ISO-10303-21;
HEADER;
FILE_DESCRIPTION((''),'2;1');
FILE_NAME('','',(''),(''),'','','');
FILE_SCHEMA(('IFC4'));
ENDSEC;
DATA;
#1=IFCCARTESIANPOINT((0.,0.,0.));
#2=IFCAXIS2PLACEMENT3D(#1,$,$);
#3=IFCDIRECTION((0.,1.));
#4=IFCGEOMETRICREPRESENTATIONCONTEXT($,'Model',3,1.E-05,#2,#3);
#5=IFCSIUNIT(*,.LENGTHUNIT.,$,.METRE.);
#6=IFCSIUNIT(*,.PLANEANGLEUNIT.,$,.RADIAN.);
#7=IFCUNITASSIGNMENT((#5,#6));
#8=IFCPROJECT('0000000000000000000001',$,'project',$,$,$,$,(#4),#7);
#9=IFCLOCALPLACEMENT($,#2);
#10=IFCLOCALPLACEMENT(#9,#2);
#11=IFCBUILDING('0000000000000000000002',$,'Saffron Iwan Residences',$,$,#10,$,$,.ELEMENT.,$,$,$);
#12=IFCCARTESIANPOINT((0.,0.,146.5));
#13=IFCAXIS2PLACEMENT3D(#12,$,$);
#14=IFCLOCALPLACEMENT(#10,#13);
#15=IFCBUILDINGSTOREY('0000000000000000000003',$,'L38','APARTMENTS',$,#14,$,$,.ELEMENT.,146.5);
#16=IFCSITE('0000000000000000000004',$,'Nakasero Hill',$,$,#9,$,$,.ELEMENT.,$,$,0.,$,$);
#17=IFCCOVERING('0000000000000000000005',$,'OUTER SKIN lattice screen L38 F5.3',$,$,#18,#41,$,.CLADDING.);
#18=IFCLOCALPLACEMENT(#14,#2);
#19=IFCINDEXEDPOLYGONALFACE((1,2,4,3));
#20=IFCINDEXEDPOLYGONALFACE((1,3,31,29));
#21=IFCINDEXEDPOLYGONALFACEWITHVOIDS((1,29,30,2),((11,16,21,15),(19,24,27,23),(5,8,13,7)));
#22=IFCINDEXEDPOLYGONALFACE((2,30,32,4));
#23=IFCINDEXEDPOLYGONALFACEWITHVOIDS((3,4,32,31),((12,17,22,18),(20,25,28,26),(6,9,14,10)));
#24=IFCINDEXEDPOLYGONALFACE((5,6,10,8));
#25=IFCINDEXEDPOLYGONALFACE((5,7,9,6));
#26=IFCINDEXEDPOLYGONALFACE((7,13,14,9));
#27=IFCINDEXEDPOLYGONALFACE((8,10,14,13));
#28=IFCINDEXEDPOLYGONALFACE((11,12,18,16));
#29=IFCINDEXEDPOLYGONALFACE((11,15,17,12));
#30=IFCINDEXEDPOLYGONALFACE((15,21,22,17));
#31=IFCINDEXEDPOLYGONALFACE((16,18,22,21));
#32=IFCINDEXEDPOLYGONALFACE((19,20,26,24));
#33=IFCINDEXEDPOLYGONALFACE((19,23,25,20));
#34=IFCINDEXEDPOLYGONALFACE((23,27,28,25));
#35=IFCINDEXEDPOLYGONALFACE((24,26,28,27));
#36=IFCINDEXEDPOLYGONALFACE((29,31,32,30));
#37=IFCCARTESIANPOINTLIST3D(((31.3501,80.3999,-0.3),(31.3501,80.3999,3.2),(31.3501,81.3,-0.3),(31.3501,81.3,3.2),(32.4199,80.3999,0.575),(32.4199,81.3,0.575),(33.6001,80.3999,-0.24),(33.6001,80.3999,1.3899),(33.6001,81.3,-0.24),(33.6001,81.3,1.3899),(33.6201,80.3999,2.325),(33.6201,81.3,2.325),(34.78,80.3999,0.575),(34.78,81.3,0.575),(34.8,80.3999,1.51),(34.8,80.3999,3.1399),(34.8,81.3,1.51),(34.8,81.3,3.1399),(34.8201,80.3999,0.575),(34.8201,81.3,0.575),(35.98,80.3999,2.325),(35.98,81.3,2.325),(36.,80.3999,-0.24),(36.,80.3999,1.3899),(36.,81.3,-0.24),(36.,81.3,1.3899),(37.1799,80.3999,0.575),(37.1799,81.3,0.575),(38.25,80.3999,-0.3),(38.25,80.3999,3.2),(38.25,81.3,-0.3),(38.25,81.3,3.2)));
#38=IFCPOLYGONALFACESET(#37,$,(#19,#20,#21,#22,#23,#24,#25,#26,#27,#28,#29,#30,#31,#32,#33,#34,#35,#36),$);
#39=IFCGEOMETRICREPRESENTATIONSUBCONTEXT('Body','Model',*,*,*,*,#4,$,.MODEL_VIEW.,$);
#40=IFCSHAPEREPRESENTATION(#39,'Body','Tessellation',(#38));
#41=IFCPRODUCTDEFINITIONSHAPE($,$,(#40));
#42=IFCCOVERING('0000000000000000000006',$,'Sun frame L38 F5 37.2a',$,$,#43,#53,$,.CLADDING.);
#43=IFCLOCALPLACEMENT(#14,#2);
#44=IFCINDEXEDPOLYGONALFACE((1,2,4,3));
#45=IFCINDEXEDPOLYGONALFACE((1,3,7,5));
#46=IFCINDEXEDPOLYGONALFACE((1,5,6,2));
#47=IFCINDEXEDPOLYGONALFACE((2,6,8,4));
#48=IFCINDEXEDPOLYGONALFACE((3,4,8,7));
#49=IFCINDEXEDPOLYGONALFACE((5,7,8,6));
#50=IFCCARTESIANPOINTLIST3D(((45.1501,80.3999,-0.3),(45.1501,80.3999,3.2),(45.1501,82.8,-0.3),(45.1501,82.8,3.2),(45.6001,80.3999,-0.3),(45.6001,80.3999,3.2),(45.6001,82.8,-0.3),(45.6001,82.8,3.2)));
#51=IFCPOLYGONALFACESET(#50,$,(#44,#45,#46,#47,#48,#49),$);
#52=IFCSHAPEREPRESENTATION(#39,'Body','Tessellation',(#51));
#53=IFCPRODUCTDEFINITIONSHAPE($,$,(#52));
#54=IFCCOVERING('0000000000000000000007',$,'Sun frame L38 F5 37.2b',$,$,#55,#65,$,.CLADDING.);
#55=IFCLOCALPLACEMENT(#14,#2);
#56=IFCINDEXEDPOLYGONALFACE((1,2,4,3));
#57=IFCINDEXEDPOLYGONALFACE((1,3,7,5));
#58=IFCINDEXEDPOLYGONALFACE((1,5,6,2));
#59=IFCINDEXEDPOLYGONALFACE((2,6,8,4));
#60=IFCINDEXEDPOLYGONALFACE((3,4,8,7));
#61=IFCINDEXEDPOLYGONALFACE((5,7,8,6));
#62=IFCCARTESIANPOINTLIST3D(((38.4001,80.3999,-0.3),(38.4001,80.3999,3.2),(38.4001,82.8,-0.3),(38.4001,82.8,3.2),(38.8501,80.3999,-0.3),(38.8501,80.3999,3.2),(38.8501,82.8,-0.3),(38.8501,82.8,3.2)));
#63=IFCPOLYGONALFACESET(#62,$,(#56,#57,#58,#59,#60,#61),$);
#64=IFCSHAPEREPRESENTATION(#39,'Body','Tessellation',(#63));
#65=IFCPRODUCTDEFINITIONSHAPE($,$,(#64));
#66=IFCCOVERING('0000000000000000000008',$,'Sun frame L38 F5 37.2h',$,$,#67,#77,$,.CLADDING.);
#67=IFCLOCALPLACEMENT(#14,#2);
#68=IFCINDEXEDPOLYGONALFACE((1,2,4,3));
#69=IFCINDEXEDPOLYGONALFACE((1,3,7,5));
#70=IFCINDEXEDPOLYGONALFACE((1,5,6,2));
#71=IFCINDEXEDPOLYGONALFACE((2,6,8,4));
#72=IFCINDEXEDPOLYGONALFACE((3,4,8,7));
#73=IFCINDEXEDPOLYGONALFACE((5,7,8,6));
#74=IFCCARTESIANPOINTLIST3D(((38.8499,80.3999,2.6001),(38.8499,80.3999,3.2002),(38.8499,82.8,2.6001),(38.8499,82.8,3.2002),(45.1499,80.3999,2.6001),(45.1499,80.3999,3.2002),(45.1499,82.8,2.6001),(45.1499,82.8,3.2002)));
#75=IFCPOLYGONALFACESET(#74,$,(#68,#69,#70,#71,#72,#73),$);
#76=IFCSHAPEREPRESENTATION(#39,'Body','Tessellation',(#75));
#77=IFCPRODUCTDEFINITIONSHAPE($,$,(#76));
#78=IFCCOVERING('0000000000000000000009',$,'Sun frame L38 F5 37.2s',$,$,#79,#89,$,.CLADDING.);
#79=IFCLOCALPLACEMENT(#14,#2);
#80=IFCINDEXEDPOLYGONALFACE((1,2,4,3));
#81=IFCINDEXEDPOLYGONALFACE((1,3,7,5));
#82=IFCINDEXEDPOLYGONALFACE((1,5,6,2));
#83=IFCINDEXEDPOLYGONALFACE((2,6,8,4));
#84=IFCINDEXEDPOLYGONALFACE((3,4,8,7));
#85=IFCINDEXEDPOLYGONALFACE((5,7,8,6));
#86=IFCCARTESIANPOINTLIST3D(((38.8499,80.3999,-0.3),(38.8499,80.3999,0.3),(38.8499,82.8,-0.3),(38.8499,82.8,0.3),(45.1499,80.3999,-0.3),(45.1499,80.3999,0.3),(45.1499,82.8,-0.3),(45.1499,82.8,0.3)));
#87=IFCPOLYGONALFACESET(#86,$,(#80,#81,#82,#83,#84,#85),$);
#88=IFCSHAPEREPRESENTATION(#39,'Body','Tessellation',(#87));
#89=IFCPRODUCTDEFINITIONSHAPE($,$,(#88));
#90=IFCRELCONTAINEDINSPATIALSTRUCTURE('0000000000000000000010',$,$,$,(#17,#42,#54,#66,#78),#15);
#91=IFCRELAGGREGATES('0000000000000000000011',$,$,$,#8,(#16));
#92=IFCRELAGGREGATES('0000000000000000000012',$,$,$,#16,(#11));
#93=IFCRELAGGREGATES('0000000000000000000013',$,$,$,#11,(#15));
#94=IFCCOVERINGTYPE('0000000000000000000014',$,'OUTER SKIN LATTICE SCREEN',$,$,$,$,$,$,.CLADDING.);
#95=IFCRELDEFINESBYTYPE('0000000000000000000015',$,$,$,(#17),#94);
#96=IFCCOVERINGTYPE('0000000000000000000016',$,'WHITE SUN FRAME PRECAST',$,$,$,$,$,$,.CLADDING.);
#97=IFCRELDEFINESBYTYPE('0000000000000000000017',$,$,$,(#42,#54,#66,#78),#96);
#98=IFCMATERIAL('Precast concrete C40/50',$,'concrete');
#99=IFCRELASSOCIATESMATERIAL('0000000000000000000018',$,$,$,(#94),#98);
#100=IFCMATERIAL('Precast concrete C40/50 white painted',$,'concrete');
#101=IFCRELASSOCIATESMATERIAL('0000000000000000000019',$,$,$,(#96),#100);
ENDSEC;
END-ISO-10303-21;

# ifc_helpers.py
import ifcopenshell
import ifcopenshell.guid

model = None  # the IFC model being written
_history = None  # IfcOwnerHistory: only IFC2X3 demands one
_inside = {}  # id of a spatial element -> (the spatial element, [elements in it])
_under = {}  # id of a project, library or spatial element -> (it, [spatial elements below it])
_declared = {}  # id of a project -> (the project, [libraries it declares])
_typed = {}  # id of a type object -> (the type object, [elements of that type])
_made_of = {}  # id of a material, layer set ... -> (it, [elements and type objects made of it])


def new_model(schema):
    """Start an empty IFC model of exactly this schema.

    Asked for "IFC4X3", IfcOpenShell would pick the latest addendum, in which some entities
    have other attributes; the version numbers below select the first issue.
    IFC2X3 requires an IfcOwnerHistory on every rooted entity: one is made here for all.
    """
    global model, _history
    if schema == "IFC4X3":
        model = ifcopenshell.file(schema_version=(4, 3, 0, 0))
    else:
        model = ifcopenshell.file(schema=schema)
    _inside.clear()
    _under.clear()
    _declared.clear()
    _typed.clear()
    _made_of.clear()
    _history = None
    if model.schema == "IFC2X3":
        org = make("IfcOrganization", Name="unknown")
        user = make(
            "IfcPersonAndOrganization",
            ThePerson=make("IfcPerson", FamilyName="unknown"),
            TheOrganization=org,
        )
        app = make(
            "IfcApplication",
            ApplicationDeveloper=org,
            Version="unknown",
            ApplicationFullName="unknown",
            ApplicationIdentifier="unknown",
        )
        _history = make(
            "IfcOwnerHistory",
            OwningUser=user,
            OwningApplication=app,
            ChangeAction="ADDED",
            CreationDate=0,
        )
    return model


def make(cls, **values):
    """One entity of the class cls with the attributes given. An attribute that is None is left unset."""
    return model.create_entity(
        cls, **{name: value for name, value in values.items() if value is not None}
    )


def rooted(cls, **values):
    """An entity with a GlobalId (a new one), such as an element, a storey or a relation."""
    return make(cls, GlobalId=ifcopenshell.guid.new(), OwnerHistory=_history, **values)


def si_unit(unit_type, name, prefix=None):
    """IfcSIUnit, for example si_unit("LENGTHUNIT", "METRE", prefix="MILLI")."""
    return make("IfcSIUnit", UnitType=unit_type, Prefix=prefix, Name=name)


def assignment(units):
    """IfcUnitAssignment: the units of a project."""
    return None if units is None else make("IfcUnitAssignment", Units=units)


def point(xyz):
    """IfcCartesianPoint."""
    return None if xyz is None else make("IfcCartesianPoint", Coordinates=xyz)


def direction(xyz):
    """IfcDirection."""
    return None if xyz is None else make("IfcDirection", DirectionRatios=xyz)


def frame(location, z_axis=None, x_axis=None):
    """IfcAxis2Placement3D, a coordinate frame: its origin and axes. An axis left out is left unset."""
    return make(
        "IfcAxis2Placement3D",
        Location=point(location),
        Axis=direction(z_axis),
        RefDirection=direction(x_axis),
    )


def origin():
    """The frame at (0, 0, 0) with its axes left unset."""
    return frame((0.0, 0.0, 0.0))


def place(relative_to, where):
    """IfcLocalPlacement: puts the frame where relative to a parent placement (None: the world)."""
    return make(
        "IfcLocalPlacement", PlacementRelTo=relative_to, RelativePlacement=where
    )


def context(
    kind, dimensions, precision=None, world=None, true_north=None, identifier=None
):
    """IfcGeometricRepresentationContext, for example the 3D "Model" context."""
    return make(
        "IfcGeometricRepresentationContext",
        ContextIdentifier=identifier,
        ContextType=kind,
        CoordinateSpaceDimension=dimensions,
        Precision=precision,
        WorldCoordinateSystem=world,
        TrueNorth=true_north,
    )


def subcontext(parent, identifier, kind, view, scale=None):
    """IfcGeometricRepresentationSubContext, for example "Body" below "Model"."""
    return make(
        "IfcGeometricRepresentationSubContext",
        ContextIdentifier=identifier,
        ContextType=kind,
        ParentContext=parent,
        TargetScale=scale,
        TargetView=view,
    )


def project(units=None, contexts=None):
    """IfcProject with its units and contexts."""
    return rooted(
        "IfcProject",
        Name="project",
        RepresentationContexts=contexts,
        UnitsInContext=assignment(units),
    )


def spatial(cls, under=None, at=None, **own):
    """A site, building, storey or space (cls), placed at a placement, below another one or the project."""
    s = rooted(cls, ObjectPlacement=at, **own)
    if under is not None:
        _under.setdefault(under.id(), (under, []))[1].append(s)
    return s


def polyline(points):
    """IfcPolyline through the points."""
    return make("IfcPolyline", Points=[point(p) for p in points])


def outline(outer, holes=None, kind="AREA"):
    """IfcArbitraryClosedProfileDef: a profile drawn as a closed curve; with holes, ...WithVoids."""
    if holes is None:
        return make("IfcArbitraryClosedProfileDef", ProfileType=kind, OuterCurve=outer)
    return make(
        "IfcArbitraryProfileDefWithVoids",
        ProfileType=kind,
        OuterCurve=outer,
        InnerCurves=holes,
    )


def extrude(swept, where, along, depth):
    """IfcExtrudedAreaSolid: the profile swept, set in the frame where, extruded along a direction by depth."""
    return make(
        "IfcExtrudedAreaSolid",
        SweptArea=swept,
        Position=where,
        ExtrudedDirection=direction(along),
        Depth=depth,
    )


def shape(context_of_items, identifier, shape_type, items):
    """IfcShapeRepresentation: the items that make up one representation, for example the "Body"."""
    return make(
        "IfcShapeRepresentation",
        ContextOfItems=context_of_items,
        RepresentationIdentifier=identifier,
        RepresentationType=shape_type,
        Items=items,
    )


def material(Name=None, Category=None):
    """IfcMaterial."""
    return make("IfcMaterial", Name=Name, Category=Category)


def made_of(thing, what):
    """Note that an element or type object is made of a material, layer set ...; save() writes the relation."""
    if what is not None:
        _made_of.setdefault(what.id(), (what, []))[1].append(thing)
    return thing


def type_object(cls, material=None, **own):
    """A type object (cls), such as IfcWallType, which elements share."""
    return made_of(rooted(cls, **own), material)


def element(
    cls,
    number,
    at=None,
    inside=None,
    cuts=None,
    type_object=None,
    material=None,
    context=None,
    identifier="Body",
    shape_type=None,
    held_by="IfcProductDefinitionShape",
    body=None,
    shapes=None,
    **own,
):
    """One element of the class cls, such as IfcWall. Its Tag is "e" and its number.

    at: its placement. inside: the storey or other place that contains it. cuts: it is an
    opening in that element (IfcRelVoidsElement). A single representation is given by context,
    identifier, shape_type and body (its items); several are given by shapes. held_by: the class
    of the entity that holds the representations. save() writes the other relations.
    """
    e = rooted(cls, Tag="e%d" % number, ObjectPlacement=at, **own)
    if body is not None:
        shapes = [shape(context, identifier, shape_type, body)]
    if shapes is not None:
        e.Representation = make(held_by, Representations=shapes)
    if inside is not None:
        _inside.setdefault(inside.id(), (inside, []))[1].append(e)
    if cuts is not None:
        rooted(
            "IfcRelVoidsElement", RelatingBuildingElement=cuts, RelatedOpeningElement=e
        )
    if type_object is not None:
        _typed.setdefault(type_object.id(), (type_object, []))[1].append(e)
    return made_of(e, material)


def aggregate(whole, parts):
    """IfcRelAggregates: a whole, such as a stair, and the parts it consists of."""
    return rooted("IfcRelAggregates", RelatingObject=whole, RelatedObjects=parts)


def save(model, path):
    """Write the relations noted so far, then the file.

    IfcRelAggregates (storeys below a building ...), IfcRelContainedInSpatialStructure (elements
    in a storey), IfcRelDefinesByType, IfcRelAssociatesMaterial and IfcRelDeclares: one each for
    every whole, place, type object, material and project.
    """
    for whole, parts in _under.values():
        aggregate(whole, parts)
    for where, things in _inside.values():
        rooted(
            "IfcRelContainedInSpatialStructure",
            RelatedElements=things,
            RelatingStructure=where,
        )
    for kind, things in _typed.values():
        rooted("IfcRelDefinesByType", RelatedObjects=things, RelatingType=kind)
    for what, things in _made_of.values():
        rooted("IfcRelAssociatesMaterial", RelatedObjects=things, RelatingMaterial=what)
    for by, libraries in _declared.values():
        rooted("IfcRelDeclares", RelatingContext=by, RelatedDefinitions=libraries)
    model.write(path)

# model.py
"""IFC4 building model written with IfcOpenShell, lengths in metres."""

from ifc_helpers import new_model, si_unit, direction, frame, origin, place, context, subcontext, project, spatial, polyline, outline, extrude, material, type_object, element, save


model = new_model("IFC4")

# Units and contexts
model_context = context("Model", 3, precision=1e-05, world=origin(), true_north=direction((0.0, 1.0)))
body_context = subcontext(model_context, "Body", "Model", "MODEL_VIEW")
ifc_project = project(units=[si_unit("LENGTHUNIT", "METRE"), si_unit("PLANEANGLEUNIT", "RADIAN")], contexts=[model_context])

# Site, building, storey
site_placement = place(None, origin())
site = spatial("IfcSite", under=ifc_project, at=site_placement, Name="Nakasero Hill", CompositionType="ELEMENT", RefElevation=0.0)
building_placement = place(site_placement, origin())
building = spatial("IfcBuilding", under=site, at=building_placement, Name="Saffron Iwan Residences", CompositionType="ELEMENT")
storey_placement = place(building_placement, frame((0.0, 0.0, 146.5)))
storey = spatial("IfcBuildingStorey", under=building, at=storey_placement, Name="L38", Description="APARTMENTS", CompositionType="ELEMENT", Elevation=146.5)

# Coverings
ifc_material_1 = material(Name="Precast concrete C40/50", Category="concrete")
covering_type_1 = type_object("IfcCoveringType", Name="OUTER SKIN LATTICE SCREEN", PredefinedType="CLADDING", material=ifc_material_1)
covering_placement = place(storey_placement, frame((38.25, 80.3999, -0.3), z_axis=(0.0, 1.0, 0.0), x_axis=(-1.0, 0.0, 0.0)))
element("IfcCovering", 1, at=covering_placement, inside=storey, type_object=covering_type_1, Name="OUTER SKIN lattice screen L38 F5.3", PredefinedType="CLADDING", context=body_context, shape_type="SweptSolid", body=[
    extrude(outline(polyline([(0.0, 0.0), (6.8999, 0.0), (6.8999, 3.5), (0.0, 3.5), (0.0, 0.0)]), holes=[polyline([(1.0701, 0.875), (2.25, 0.0601), (3.4299, 0.875), (2.25, 1.6899), (1.0701, 0.875)]), polyline([(3.47, 0.875), (4.6499, 0.0601), (5.8301, 0.875), (4.6499, 1.6899), (3.47, 0.875)]), polyline([(2.27, 2.625), (3.45, 1.8101), (4.6299, 2.625), (3.45, 3.4399), (2.27, 2.625)])]), origin(), (0.0, 0.0, 1.0), 0.9001),
])
ifc_material_2 = material(Name="Precast concrete C40/50 white painted", Category="concrete")
covering_type_2 = type_object("IfcCoveringType", Name="WHITE SUN FRAME PRECAST", PredefinedType="CLADDING", material=ifc_material_2)
for number, where, z_axis, x_axis, name in (
    (2, (45.6001, 80.3999, -0.3), (0.0, 1.0, 0.0), (-1.0, 0.0, 0.0), "Sun frame L38 F5 37.2a"),
    (3, (38.8501, 80.3999, -0.3), (0.0, 1.0, 0.0), (-1.0, 0.0, 0.0), "Sun frame L38 F5 37.2b"),
):
    element("IfcCovering", number, at=place(storey_placement, frame(where, z_axis=z_axis, x_axis=x_axis)), inside=storey, type_object=covering_type_2, Name=name, PredefinedType="CLADDING", context=body_context, shape_type="SweptSolid", body=[
        extrude(outline(polyline([(0.0, 0.0), (0.45, 0.0), (0.45, 3.5), (0.0, 3.5), (0.0, 0.0)])), origin(), (0.0, 0.0, 1.0), 2.4001),
    ])
for number, where, z_axis, x_axis, name in (
    (4, (45.1499, 80.3999, 2.6001), (0.0, 1.0, 0.0), (-1.0, 0.0, 0.0), "Sun frame L38 F5 37.2h"),
    (5, (45.1499, 80.3999, -0.3), (0.0, 1.0, 0.0), (-1.0, 0.0, 0.0), "Sun frame L38 F5 37.2s"),
):
    element("IfcCovering", number, at=place(storey_placement, frame(where, z_axis=z_axis, x_axis=x_axis)), inside=storey, type_object=covering_type_2, Name=name, PredefinedType="CLADDING", context=body_context, shape_type="SweptSolid", body=[
        extrude(outline(polyline([(0.0, 0.0), (6.3, 0.0), (6.3, 0.6001), (0.0, 0.6001), (0.0, 0.0)])), origin(), (0.0, 0.0, 1.0), 2.4001),
    ])

save(model, "model.ifc")
